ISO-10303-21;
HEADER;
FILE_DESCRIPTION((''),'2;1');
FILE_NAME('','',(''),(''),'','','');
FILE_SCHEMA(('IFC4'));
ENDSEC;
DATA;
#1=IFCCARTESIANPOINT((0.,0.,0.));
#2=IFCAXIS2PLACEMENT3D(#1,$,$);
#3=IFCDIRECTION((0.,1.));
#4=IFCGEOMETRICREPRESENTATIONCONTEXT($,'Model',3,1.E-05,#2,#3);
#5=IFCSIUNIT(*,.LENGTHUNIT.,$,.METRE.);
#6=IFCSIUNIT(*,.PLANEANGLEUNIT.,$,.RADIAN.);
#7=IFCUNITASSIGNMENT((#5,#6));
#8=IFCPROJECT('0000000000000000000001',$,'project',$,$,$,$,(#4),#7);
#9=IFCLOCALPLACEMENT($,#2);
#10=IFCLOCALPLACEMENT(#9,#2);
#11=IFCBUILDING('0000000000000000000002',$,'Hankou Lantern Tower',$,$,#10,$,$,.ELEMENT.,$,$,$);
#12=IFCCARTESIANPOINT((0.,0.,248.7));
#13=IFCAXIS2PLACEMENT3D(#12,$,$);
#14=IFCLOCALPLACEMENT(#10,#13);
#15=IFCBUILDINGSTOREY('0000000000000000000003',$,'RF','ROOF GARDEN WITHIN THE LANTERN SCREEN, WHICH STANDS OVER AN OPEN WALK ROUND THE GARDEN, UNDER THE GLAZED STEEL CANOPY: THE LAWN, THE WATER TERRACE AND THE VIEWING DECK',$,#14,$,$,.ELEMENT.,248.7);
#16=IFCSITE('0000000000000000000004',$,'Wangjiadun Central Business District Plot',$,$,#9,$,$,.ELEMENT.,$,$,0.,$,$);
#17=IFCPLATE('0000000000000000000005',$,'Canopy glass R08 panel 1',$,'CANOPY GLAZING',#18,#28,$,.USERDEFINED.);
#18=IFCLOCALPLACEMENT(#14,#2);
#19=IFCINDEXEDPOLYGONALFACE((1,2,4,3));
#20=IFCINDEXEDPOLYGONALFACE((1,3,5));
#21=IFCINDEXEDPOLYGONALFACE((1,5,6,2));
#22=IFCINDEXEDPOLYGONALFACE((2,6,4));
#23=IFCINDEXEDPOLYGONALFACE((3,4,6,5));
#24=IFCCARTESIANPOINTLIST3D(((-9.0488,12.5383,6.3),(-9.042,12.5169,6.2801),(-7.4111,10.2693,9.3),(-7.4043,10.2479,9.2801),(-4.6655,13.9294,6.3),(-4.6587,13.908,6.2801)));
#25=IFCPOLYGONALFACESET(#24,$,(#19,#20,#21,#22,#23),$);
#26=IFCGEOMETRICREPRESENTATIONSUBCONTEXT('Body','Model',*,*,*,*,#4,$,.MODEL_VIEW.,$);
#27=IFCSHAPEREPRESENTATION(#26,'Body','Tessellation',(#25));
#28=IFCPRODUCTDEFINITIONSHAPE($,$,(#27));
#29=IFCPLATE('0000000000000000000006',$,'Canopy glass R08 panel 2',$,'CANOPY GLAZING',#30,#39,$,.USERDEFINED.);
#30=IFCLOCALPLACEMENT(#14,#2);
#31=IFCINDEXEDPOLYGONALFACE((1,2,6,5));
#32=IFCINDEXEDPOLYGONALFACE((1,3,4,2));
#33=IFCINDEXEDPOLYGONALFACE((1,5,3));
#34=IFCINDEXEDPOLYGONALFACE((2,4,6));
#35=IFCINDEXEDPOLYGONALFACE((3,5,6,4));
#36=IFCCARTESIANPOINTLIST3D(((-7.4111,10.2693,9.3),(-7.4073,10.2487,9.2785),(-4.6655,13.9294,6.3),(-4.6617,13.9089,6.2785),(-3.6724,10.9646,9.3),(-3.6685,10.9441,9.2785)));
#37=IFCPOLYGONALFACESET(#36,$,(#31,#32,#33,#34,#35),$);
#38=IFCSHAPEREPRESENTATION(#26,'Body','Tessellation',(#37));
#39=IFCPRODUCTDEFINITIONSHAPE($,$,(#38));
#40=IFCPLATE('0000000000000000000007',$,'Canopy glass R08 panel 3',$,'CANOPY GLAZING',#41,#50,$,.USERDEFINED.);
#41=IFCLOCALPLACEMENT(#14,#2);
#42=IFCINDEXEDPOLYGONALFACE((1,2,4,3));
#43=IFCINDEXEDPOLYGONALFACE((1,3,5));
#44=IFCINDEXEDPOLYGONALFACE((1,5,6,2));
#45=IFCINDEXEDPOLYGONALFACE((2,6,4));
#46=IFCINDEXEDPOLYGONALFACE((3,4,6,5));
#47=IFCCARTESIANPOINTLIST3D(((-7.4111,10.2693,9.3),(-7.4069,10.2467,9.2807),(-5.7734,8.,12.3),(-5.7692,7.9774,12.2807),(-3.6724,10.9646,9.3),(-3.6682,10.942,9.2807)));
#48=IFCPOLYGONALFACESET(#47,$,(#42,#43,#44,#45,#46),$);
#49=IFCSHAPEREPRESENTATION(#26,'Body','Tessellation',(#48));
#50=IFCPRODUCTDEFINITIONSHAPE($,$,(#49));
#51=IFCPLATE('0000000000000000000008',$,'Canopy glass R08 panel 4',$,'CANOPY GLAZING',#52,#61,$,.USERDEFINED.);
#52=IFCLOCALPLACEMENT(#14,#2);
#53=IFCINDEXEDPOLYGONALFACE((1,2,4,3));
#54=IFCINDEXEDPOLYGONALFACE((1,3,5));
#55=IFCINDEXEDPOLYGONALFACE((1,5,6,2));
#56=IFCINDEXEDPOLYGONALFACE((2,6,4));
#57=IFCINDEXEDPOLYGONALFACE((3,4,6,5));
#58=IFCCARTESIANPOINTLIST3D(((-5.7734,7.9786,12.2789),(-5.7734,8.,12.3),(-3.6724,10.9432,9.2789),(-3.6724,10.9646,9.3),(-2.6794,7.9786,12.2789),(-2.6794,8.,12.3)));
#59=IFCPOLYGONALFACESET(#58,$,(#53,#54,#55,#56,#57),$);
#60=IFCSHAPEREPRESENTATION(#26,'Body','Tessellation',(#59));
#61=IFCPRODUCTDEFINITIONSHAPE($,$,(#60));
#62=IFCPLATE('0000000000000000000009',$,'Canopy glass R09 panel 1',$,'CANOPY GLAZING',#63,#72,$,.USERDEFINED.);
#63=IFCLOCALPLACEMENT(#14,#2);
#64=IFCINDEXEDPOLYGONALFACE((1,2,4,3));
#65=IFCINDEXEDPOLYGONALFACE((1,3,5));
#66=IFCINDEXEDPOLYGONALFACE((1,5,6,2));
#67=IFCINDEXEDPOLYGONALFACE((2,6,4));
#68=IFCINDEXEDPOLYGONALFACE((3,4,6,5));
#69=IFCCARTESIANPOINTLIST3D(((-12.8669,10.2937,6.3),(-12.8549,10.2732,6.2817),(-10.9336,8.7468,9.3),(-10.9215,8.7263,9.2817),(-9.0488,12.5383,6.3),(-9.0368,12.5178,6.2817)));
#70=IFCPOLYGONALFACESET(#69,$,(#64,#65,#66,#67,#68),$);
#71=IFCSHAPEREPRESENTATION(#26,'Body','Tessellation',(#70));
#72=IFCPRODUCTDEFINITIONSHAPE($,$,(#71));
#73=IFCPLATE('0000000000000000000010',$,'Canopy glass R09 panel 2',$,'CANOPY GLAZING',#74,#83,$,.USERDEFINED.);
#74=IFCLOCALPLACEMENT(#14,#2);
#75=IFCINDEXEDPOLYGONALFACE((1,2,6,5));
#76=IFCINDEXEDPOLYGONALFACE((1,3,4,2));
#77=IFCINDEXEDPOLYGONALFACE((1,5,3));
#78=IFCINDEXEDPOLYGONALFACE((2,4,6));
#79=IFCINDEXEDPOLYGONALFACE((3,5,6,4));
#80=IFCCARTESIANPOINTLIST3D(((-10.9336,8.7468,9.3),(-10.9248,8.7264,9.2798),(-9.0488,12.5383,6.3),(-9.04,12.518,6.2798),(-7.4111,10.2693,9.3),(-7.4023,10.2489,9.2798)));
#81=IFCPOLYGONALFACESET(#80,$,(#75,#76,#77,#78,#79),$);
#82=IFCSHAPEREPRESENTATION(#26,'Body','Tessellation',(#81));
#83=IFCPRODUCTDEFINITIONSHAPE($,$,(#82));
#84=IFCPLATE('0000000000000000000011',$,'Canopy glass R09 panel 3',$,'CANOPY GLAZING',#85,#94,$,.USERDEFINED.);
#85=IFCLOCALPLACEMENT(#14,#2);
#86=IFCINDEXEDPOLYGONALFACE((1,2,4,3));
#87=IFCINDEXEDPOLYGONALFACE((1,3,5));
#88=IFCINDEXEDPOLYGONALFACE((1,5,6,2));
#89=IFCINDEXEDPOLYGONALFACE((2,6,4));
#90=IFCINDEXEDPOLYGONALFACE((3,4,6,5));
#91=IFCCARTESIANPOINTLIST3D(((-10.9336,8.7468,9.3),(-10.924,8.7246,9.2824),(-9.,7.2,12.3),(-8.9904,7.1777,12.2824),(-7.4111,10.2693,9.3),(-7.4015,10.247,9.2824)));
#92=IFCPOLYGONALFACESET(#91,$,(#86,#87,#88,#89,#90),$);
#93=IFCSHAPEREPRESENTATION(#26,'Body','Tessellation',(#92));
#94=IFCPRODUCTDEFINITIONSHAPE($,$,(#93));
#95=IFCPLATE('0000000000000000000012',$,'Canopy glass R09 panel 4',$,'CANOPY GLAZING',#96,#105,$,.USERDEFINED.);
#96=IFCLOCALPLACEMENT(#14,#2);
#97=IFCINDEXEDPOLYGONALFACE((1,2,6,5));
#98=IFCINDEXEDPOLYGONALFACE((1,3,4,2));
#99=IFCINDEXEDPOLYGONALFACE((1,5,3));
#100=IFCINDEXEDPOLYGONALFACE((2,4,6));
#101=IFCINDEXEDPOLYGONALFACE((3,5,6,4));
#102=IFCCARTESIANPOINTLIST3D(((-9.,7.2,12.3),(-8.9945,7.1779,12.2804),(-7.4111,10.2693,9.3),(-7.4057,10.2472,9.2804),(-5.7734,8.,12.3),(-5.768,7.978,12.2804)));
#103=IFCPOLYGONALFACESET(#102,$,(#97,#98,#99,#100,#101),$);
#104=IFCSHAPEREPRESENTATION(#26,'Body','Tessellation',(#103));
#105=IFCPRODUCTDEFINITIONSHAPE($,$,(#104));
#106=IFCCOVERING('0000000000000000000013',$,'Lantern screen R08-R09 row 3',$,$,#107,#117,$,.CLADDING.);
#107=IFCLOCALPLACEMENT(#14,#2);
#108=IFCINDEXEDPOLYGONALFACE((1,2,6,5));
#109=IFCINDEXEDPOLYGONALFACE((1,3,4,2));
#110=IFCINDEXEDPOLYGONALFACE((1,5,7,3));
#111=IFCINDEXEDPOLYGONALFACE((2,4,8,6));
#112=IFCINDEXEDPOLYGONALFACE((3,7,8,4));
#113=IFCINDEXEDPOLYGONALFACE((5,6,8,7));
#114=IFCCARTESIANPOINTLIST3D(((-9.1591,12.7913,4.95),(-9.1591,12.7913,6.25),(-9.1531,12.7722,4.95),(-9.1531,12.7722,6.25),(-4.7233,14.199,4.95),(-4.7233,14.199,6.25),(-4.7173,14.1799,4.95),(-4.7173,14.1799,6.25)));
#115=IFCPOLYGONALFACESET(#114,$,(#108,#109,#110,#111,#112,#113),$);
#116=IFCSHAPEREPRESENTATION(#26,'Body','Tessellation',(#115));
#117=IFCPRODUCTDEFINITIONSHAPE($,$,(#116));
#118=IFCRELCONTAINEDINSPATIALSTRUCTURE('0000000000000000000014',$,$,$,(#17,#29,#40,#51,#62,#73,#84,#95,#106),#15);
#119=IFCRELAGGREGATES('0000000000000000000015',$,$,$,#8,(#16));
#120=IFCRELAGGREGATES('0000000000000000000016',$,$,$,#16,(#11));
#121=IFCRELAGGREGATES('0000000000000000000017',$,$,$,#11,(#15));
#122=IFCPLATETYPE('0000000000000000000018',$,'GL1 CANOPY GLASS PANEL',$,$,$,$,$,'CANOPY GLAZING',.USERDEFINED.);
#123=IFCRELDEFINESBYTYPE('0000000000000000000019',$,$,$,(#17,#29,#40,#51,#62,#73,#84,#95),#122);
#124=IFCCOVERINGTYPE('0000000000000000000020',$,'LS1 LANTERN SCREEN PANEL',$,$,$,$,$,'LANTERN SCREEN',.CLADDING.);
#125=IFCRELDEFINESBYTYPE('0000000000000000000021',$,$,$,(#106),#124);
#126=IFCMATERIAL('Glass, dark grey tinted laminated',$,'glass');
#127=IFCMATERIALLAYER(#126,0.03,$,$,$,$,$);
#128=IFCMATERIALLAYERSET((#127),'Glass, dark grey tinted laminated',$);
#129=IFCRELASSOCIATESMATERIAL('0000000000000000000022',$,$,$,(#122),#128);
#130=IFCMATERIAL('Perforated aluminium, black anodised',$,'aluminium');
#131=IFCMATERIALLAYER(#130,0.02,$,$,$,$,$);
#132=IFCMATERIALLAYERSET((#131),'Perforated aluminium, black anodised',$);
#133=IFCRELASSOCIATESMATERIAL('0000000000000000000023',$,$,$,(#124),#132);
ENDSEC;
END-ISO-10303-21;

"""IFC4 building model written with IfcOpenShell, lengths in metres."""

from ifc_helpers import new_model, si_unit, direction, frame, origin, place, context, subcontext, project, spatial, polyline, outline, extrude, material, layer, layer_set, type_object, element, save


model = new_model("IFC4")

# Units and contexts
model_context = context("Model", 3, precision=1e-05, world=origin(), true_north=direction((0.0, 1.0)))
body_context = subcontext(model_context, "Body", "Model", "MODEL_VIEW")
ifc_project = project(units=[si_unit("LENGTHUNIT", "METRE"), si_unit("PLANEANGLEUNIT", "RADIAN")], contexts=[model_context])

# Site, building, storey
site_placement = place(None, origin())
site = spatial("IfcSite", under=ifc_project, at=site_placement, Name="Wangjiadun Central Business District Plot", CompositionType="ELEMENT", RefElevation=0.0)
building_placement = place(site_placement, origin())
building = spatial("IfcBuilding", under=site, at=building_placement, Name="Hankou Lantern Tower", CompositionType="ELEMENT")
storey_placement = place(building_placement, frame((0.0, 0.0, 248.7)))
storey = spatial("IfcBuildingStorey", under=building, at=storey_placement, Name="RF", Description="ROOF GARDEN WITHIN THE LANTERN SCREEN, WHICH STANDS OVER AN OPEN WALK ROUND THE GARDEN, UNDER THE GLAZED STEEL CANOPY: THE LAWN, THE WATER TERRACE AND THE VIEWING DECK", CompositionType="ELEMENT", Elevation=248.7)

# Plates
ifc_material_1 = material(Name="Glass, dark grey tinted laminated", Category="glass")
ifc_layer_1 = layer(ifc_material_1, 0.03)
ifc_layer_set_1 = layer_set([ifc_layer_1], Name="Glass, dark grey tinted laminated")
plate_type = type_object("IfcPlateType", Name="GL1 CANOPY GLASS PANEL", ElementType="CANOPY GLAZING", PredefinedType="USERDEFINED", material=ifc_layer_set_1)
plate_1_placement = place(storey_placement, frame((-4.6655, 13.9294, 6.3), z_axis=(-0.226409, 0.713399, 0.663174), x_axis=(-0.95315, -0.302498, 0.0)))
element("IfcPlate", 1, at=plate_1_placement, inside=storey, type_object=plate_type, Name="Canopy glass R08 panel 1", ObjectType="CANOPY GLAZING", PredefinedType="USERDEFINED", context=body_context, shape_type="SweptSolid", body=[
    extrude(outline(polyline([(0.0, 0.0), (4.5988, 0.0), (3.7242, 4.0082), (0.0, 0.0)])), origin(), (0.0, 0.0, -1.0), 0.03),
])
plate_2_placement = place(storey_placement, frame((-4.6655, 13.9294, 6.3), z_axis=(-0.127225, 0.684103, 0.718204), x_axis=(-0.50182, -0.668974, 0.548316)))
element("IfcPlate", 2, at=plate_2_placement, inside=storey, type_object=plate_type, Name="Canopy glass R08 panel 2", ObjectType="CANOPY GLAZING", PredefinedType="USERDEFINED", context=body_context, shape_type="SweptSolid", body=[
    extrude(outline(polyline([(0.0, 0.0), (5.4713, 0.0), (3.13, 2.9967), (0.0, 0.0)])), origin(), (0.0, 0.0, -1.0), 0.03),
])
plate_3_placement = place(storey_placement, frame((-3.6724, 10.9646, 9.3), z_axis=(-0.13976, 0.751504, 0.644754), x_axis=(-0.983143, -0.182839, 0.0)))
element("IfcPlate", 3, at=plate_3_placement, inside=storey, type_object=plate_type, Name="Canopy glass R08 panel 3", ObjectType="CANOPY GLAZING", PredefinedType="USERDEFINED", context=body_context, shape_type="SweptSolid", body=[
    extrude(outline(polyline([(0.0, 0.0), (3.8029, 0.0), (2.6077, 3.9247), (0.0, 0.0)])), origin(), (0.0, 0.0, -1.0), 0.03),
])
plate_4_placement = place(storey_placement, frame((-3.6724, 10.9646, 9.3), z_axis=(0.0, 0.711291, 0.702898), x_axis=(-0.445894, -0.629154, 0.636666)))
element("IfcPlate", 4, at=plate_4_placement, inside=storey, type_object=plate_type, Name="Canopy glass R08 panel 4", ObjectType="CANOPY GLAZING", PredefinedType="USERDEFINED", context=body_context, shape_type="SweptSolid", body=[
    extrude(outline(polyline([(0.0, 0.0), (4.712, 0.0), (3.3324, 2.7694), (0.0, 0.0)])), origin(), (0.0, 0.0, -1.0), 0.03),
])
plate_5_placement = place(storey_placement, frame((-9.0488, 12.5383, 6.3), z_axis=(-0.401336, 0.682673, 0.610644), x_axis=(-0.862065, -0.506798, 0.0)))
element("IfcPlate", 5, at=plate_5_placement, inside=storey, type_object=plate_type, Name="Canopy glass R09 panel 1", ObjectType="CANOPY GLAZING", PredefinedType="USERDEFINED", context=body_context, shape_type="SweptSolid", body=[
    extrude(outline(polyline([(0.0, 0.0), (4.429, 0.0), (3.5463, 3.7883), (0.0, 0.0)])), origin(), (0.0, 0.0, -1.0), 0.03),
])
plate_6_placement = place(storey_placement, frame((-9.0488, 12.5383, 6.3), z_axis=(-0.293308, 0.678617, 0.673387), x_axis=(-0.363209, -0.730652, 0.578123)))
element("IfcPlate", 6, at=plate_6_placement, inside=storey, type_object=plate_type, Name="Canopy glass R09 panel 2", ObjectType="CANOPY GLAZING", PredefinedType="USERDEFINED", context=body_context, shape_type="SweptSolid", body=[
    extrude(outline(polyline([(0.0, 0.0), (5.1892, 0.0), (2.7974, 3.0008), (0.0, 0.0)])), origin(), (0.0, 0.0, -1.0), 0.03),
])
plate_7_placement = place(storey_placement, frame((-7.4111, 10.2693, 9.3), z_axis=(-0.320594, 0.741746, 0.589095), x_axis=(-0.91793, -0.396743, 0.0)))
element("IfcPlate", 7, at=plate_7_placement, inside=storey, type_object=plate_type, Name="Canopy glass R09 panel 3", ObjectType="CANOPY GLAZING", PredefinedType="USERDEFINED", context=body_context, shape_type="SweptSolid", body=[
    extrude(outline(polyline([(0.0, 0.0), (3.8374, 0.0), (2.6762, 3.7126), (0.0, 0.0)])), origin(), (0.0, 0.0, -1.0), 0.03),
])
plate_8_placement = place(storey_placement, frame((-7.4111, 10.2693, 9.3), z_axis=(-0.181969, 0.733873, 0.65446), x_axis=(-0.347172, -0.670658, 0.655508)))
element("IfcPlate", 8, at=plate_8_placement, inside=storey, type_object=plate_type, Name="Canopy glass R09 panel 4", ObjectType="CANOPY GLAZING", PredefinedType="USERDEFINED", context=body_context, shape_type="SweptSolid", body=[
    extrude(outline(polyline([(0.0, 0.0), (4.5766, 0.0), (2.9199, 2.882), (0.0, 0.0)])), origin(), (0.0, 0.0, -1.0), 0.03),
])

# Covering
ifc_material_2 = material(Name="Perforated aluminium, black anodised", Category="aluminium")
ifc_layer_2 = layer(ifc_material_2, 0.02)
ifc_layer_set_2 = layer_set([ifc_layer_2], Name="Perforated aluminium, black anodised")
covering_type = type_object("IfcCoveringType", Name="LS1 LANTERN SCREEN PANEL", ElementType="LANTERN SCREEN", PredefinedType="CLADDING", material=ifc_layer_set_2)
covering_placement = place(storey_placement, frame((-4.7173, 14.1799, 4.95), z_axis=(0.302487, -0.953154, 0.0), x_axis=(-0.953154, -0.302487, 0.0)))
element("IfcCovering", 9, at=covering_placement, inside=storey, type_object=covering_type, Name="Lantern screen R08-R09 row 3", PredefinedType="CLADDING", context=body_context, shape_type="SweptSolid", body=[
    extrude(outline(polyline([(0.0, 0.0), (4.6538, 0.0), (4.6538, -1.3), (0.0, -1.3), (0.0, 0.0)])), origin(), (0.0, 0.0, -1.0), 0.02),
])

save(model, "model.ifc")
